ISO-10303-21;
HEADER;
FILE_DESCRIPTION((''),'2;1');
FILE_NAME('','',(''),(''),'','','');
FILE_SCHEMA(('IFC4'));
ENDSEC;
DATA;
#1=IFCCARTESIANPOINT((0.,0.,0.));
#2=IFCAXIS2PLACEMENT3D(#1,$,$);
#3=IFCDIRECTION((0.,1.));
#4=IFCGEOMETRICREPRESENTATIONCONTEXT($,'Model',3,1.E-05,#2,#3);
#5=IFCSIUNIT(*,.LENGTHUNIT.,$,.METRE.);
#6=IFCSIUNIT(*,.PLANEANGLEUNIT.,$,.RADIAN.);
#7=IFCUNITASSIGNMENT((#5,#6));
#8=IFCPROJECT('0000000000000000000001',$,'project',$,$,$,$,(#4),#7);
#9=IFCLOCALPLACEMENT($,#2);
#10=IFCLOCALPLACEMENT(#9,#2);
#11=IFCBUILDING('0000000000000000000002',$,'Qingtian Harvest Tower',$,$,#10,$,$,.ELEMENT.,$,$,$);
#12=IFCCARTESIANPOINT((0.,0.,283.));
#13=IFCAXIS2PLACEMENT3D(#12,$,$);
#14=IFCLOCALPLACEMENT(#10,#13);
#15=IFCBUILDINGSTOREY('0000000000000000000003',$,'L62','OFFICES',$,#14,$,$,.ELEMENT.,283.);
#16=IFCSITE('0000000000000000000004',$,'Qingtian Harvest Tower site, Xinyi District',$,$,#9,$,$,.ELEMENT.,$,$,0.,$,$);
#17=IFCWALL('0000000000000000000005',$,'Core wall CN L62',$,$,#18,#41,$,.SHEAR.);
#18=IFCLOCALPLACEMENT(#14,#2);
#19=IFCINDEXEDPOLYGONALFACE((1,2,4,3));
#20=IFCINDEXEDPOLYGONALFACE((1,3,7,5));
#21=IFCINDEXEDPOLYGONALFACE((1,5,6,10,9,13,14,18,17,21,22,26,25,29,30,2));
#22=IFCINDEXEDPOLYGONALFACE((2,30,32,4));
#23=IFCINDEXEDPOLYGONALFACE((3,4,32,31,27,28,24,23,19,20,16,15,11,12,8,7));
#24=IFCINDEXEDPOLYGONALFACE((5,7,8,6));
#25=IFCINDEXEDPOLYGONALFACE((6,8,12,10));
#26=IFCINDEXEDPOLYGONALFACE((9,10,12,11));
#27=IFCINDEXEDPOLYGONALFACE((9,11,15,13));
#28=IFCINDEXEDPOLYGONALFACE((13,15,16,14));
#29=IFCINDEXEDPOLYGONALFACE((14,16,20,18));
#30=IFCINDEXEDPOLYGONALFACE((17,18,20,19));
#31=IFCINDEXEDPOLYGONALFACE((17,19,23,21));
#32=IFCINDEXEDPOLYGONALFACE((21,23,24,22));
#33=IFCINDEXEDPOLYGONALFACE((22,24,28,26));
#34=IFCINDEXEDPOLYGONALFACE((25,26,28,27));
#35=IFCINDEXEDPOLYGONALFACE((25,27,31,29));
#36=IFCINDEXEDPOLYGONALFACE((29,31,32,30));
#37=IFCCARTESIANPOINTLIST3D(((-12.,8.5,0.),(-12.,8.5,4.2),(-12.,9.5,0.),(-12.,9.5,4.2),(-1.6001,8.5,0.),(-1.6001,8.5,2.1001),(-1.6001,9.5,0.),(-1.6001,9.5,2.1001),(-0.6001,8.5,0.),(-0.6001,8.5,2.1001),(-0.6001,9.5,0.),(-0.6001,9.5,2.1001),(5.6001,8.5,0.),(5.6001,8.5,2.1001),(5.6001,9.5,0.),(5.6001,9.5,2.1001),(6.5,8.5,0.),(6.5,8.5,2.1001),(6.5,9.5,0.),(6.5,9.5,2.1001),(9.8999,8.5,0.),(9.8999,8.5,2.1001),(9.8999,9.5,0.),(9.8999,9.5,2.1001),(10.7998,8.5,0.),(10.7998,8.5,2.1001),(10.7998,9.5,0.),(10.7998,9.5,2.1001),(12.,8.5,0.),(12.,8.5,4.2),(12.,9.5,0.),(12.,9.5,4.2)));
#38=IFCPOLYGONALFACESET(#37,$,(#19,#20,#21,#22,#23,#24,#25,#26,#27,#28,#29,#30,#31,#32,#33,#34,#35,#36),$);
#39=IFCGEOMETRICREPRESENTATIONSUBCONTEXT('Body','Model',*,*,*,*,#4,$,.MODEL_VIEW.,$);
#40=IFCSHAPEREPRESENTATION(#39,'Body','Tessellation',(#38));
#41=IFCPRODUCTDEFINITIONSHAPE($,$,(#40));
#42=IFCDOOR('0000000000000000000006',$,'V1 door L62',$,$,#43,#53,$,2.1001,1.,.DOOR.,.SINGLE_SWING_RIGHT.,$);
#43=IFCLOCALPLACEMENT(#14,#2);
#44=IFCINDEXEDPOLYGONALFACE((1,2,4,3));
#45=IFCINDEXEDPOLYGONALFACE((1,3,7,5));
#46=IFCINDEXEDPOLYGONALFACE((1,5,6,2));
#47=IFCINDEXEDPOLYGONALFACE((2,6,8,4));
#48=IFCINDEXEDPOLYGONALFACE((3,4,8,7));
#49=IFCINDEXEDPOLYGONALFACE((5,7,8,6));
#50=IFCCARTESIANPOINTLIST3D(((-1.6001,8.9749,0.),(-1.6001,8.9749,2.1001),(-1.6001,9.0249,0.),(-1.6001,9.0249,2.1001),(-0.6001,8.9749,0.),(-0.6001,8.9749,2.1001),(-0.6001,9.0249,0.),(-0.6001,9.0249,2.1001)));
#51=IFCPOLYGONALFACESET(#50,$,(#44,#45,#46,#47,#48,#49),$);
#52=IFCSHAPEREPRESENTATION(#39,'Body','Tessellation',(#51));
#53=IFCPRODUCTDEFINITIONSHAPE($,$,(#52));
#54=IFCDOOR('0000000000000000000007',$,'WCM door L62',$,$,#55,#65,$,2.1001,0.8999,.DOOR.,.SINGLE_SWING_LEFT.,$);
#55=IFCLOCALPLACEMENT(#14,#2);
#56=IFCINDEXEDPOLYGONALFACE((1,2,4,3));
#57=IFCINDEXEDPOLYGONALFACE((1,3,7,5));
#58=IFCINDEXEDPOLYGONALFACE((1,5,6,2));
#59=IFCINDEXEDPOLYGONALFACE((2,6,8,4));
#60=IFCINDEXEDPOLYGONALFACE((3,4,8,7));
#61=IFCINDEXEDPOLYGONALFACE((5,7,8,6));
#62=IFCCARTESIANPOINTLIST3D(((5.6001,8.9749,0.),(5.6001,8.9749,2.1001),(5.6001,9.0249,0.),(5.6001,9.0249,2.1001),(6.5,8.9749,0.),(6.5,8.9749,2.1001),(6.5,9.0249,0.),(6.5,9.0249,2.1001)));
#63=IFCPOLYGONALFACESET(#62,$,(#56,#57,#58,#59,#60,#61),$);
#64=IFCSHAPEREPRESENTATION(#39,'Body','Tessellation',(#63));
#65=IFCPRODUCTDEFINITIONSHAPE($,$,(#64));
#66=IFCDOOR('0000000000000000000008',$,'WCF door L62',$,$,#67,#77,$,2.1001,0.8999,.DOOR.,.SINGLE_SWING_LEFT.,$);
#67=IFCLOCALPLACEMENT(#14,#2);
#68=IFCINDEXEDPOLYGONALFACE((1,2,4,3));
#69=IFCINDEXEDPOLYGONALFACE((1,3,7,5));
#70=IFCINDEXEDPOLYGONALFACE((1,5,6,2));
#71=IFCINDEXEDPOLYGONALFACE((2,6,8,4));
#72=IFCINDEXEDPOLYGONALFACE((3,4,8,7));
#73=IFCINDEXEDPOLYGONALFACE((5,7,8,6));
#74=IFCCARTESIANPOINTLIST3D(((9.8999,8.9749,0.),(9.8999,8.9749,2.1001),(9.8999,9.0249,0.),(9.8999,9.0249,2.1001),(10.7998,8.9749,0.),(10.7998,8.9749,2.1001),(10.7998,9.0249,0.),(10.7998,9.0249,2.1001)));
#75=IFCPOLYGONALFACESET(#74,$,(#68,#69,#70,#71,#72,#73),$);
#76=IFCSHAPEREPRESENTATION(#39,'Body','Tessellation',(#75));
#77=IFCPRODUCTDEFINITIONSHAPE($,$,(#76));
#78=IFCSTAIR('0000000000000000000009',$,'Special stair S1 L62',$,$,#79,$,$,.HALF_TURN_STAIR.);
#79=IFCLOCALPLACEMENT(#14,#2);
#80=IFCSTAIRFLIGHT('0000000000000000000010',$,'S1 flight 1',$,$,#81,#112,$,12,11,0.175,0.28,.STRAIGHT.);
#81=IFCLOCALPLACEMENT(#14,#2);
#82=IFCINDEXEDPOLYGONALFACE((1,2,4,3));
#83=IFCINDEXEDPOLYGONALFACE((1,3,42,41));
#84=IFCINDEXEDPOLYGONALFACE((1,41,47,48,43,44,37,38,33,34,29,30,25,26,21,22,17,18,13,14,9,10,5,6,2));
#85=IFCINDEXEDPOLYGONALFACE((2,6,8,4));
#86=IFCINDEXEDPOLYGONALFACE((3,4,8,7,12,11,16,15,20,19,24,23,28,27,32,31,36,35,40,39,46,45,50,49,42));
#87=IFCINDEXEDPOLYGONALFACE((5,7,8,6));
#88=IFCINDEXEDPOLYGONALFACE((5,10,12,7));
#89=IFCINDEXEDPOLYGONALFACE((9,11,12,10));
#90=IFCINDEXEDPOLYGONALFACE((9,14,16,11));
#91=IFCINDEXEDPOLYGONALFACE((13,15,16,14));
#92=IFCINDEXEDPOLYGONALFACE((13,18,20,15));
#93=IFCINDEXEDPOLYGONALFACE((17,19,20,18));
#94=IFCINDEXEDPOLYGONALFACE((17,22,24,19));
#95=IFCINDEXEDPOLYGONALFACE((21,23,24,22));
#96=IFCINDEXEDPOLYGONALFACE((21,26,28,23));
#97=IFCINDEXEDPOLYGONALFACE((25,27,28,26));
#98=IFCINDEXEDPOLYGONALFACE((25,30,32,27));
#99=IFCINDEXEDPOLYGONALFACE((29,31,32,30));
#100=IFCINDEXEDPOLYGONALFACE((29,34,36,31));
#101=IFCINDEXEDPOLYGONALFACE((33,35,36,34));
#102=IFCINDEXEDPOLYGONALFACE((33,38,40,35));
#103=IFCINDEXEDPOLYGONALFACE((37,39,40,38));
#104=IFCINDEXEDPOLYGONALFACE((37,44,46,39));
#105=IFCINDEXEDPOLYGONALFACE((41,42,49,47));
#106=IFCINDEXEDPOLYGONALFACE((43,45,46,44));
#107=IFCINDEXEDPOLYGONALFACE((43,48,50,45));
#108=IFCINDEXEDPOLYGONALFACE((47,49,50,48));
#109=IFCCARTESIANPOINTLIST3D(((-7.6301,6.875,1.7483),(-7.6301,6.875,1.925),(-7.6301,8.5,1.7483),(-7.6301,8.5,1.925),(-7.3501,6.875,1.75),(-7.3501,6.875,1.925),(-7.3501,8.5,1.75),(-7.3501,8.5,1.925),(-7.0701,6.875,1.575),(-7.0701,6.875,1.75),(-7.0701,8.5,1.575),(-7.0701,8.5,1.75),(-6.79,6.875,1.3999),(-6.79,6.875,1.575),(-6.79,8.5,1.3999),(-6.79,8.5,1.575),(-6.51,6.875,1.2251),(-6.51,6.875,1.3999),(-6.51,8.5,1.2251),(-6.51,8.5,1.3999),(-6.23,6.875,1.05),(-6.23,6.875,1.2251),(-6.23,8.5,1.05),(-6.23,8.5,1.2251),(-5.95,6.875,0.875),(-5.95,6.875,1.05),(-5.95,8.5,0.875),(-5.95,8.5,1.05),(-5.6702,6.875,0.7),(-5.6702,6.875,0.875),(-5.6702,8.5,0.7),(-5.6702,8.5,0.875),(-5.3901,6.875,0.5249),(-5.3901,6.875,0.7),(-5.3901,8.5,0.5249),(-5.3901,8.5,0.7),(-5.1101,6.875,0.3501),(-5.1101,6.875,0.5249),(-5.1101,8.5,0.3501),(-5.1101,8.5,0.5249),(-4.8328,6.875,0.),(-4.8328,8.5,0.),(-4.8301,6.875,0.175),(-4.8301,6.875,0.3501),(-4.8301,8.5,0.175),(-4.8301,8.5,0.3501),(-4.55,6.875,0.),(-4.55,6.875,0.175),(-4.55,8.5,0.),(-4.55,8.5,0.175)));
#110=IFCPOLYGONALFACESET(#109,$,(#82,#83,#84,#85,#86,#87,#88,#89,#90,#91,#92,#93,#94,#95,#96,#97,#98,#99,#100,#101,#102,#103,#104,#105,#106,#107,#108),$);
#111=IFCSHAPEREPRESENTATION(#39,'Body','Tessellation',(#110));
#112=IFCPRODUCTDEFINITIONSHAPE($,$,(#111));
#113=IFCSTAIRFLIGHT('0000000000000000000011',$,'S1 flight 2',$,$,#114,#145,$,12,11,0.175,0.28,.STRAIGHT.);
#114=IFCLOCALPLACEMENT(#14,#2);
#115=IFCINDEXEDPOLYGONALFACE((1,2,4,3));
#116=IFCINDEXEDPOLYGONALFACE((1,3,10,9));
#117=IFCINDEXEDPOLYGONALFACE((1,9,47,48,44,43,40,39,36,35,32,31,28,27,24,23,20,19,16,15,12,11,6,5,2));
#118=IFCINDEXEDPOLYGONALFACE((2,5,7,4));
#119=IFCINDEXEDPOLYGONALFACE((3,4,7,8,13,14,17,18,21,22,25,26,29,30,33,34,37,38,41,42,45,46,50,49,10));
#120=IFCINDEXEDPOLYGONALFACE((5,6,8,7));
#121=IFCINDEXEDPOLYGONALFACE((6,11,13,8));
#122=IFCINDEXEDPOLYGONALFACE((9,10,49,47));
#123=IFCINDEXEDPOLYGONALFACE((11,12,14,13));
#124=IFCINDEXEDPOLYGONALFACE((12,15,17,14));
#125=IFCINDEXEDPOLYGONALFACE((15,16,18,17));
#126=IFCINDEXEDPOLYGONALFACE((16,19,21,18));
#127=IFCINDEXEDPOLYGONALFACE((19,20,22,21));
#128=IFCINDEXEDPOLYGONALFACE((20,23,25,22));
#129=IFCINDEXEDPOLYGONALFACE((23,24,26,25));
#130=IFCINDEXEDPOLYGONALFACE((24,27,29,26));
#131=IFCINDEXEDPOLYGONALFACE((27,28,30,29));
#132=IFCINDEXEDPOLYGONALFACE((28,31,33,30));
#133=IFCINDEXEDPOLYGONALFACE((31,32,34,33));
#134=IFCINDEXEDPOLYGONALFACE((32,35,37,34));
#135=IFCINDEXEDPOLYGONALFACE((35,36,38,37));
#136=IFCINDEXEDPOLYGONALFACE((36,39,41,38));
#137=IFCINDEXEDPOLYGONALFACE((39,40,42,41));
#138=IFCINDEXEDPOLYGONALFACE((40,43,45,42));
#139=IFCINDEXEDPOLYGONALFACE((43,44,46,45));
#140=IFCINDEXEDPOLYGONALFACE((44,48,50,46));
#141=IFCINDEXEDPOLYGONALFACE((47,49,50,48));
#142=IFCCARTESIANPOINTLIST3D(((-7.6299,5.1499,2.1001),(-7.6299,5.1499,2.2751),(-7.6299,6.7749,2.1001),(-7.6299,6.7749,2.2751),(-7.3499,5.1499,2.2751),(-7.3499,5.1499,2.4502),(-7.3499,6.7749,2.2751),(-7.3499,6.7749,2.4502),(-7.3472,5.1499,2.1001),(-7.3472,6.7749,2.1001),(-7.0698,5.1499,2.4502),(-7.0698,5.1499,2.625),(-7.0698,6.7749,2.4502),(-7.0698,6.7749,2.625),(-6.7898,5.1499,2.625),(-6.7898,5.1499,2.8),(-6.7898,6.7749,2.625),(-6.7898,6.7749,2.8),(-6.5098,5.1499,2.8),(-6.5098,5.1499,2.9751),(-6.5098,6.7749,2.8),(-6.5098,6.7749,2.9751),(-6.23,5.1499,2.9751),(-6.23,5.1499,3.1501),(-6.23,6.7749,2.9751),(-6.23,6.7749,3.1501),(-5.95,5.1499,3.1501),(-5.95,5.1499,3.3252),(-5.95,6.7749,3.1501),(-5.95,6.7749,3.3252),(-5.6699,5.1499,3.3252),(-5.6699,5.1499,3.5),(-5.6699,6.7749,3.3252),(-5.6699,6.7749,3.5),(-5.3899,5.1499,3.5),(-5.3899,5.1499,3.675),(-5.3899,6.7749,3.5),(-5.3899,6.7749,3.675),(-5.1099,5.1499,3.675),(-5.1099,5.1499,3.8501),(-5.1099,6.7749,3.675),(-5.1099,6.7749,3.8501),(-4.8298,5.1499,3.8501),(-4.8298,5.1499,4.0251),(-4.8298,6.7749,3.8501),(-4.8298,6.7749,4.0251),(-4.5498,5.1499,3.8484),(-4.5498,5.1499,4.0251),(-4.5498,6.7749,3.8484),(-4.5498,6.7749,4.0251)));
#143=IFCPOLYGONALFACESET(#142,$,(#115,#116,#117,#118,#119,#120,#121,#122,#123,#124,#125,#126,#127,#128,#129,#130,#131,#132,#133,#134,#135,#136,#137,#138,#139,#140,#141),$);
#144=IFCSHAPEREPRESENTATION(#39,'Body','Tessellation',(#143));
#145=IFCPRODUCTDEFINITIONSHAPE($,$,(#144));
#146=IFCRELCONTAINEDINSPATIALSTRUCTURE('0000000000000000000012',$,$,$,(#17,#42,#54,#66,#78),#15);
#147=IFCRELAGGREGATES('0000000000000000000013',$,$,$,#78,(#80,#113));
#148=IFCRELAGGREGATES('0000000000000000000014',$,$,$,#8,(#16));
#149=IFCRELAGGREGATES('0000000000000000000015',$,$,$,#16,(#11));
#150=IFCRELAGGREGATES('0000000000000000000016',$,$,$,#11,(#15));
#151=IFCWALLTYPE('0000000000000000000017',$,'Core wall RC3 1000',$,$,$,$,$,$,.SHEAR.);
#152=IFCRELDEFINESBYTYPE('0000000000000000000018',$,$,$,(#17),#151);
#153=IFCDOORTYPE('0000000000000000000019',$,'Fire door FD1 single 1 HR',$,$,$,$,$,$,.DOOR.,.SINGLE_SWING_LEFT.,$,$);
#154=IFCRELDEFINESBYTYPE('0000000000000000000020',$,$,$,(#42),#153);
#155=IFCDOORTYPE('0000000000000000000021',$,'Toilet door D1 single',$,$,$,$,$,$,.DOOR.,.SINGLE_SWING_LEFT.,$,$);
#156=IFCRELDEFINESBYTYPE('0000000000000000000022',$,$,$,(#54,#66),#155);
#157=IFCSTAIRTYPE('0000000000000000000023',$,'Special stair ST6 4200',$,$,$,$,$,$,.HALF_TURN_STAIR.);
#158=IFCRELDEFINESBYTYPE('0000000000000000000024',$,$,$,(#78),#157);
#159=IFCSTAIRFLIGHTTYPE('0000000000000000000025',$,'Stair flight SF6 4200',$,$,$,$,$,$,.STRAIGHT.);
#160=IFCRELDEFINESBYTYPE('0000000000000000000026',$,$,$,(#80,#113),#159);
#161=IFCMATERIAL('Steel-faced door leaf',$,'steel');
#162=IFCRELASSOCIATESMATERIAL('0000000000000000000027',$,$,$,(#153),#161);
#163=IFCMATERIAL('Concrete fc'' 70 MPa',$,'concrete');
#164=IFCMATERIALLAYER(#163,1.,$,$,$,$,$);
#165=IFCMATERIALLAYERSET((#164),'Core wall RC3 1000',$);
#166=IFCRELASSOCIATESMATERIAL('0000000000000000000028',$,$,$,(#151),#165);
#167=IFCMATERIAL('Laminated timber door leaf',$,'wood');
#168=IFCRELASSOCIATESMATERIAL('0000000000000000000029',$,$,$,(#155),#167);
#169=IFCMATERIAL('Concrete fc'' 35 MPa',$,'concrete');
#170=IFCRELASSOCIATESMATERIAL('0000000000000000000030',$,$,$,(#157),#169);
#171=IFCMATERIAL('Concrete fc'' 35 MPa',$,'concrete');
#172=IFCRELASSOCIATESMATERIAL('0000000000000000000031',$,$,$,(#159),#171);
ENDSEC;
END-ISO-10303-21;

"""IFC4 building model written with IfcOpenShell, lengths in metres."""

from ifc_helpers import new_model, si_unit, direction, frame, frame_2d, origin, place, context, subcontext, project, spatial, polyline, rectangle, outline, extrude, material, layer, layer_set, type_object, element, fill, aggregate, save


model = new_model("IFC4")

# Units and contexts
model_context = context("Model", 3, precision=1e-05, world=origin(), true_north=direction((0.0, 1.0)))
body_context = subcontext(model_context, "Body", "Model", "MODEL_VIEW")
ifc_project = project(units=[si_unit("LENGTHUNIT", "METRE"), si_unit("PLANEANGLEUNIT", "RADIAN")], contexts=[model_context])

# Site, building, storey
site_placement = place(None, origin())
site = spatial("IfcSite", under=ifc_project, at=site_placement, Name="Qingtian Harvest Tower site, Xinyi District", CompositionType="ELEMENT", RefElevation=0.0)
building_placement = place(site_placement, origin())
building = spatial("IfcBuilding", under=site, at=building_placement, Name="Qingtian Harvest Tower", CompositionType="ELEMENT")
storey_placement = place(building_placement, frame((0.0, 0.0, 283.0)))
storey = spatial("IfcBuildingStorey", under=building, at=storey_placement, Name="L62", Description="OFFICES", CompositionType="ELEMENT", Elevation=283.0)

# Shared definitions
ifc_material_1 = material(Name="Steel-faced door leaf", Category="steel")
door_type_1 = type_object("IfcDoorType", Name="Fire door FD1 single 1 HR", OperationType="SINGLE_SWING_LEFT", PredefinedType="DOOR", material=ifc_material_1)

# Wall, openings, doors
ifc_material_2 = material(Name="Concrete fc' 70 MPa", Category="concrete")
ifc_layer_1 = layer(ifc_material_2, 1.0)
ifc_layer_set_1 = layer_set([ifc_layer_1], Name="Core wall RC3 1000")
wall_type_1 = type_object("IfcWallType", Name="Core wall RC3 1000", PredefinedType="SHEAR", material=ifc_layer_set_1)
wall_1_placement = place(storey_placement, frame((-12.0, 9.0, 0.0), z_axis=(0.0, 0.0, 1.0), x_axis=(1.0, 0.0, 0.0)))
wall_1 = element("IfcWall", 1, at=wall_1_placement, inside=storey, type_object=wall_type_1, Name="Core wall CN L62", PredefinedType="SHEAR", context=body_context, shape_type="SweptSolid", body=[
    extrude(rectangle(XDim=24.0, YDim=1.0, at=frame_2d((12.0, 0.0))), origin(), (0.0, 0.0, 1.0), 4.2),
])
opening_1_placement = place(wall_1_placement, frame((10.3999, 0.0, 0.0)))
opening_1 = element("IfcOpeningElement", 2, at=opening_1_placement, cuts=wall_1, PredefinedType="OPENING", context=body_context, shape_type="SweptSolid", body=[
    extrude(rectangle(XDim=1.0, YDim=2.1001, at=frame_2d((0.5, 1.05))), frame((0.0, 0.51, 0.0), z_axis=(0.0, -1.0, 0.0), x_axis=(1.0, 0.0, 0.0)), (0.0, 0.0, 1.0), 1.02),
])
opening_2_placement = place(wall_1_placement, frame((17.6001, 0.0, 0.0)))
opening_2 = element("IfcOpeningElement", 3, at=opening_2_placement, cuts=wall_1, PredefinedType="OPENING", context=body_context, shape_type="SweptSolid", body=[
    extrude(rectangle(XDim=0.8999, YDim=2.1001, at=frame_2d((0.45, 1.05))), frame((0.0, 0.51, 0.0), z_axis=(0.0, -1.0, 0.0), x_axis=(1.0, 0.0, 0.0)), (0.0, 0.0, 1.0), 1.02),
])
opening_3_placement = place(wall_1_placement, frame((21.8999, 0.0, 0.0)))
opening_3 = element("IfcOpeningElement", 4, at=opening_3_placement, cuts=wall_1, PredefinedType="OPENING", context=body_context, shape_type="SweptSolid", body=[
    extrude(rectangle(XDim=0.8999, YDim=2.1001, at=frame_2d((0.45, 1.05))), frame((0.0, 0.51, 0.0), z_axis=(0.0, -1.0, 0.0), x_axis=(1.0, 0.0, 0.0)), (0.0, 0.0, 1.0), 1.02),
])
door_1_placement = place(opening_1_placement, origin())
door_1 = element("IfcDoor", 5, at=door_1_placement, inside=storey, type_object=door_type_1, Name="V1 door L62", OperationType="SINGLE_SWING_RIGHT", OverallHeight=2.1001, OverallWidth=1.0, PredefinedType="DOOR", context=body_context, shape_type="SweptSolid", body=[
    extrude(rectangle(XDim=1.0, YDim=2.1001, at=frame_2d((0.5, 1.05))), frame((0.0, 0.0249, 0.0), z_axis=(0.0, -1.0, 0.0), x_axis=(1.0, 0.0, 0.0)), (0.0, 0.0, 1.0), 0.05),
])
fill(opening_1, door_1)
ifc_material_3 = material(Name="Laminated timber door leaf", Category="wood")
door_type_2 = type_object("IfcDoorType", Name="Toilet door D1 single", OperationType="SINGLE_SWING_LEFT", PredefinedType="DOOR", material=ifc_material_3)
door_2_placement = place(opening_2_placement, origin())
door_2 = element("IfcDoor", 6, at=door_2_placement, inside=storey, type_object=door_type_2, Name="WCM door L62", OperationType="SINGLE_SWING_LEFT", OverallHeight=2.1001, OverallWidth=0.8999, PredefinedType="DOOR", context=body_context, shape_type="SweptSolid", body=[
    extrude(rectangle(XDim=0.8999, YDim=2.1001, at=frame_2d((0.45, 1.05))), frame((0.0, 0.0249, 0.0), z_axis=(0.0, -1.0, 0.0), x_axis=(1.0, 0.0, 0.0)), (0.0, 0.0, 1.0), 0.05),
])
fill(opening_2, door_2)
door_3_placement = place(opening_3_placement, origin())
door_3 = element("IfcDoor", 7, at=door_3_placement, inside=storey, type_object=door_type_2, Name="WCF door L62", OperationType="SINGLE_SWING_LEFT", OverallHeight=2.1001, OverallWidth=0.8999, PredefinedType="DOOR", context=body_context, shape_type="SweptSolid", body=[
    extrude(rectangle(XDim=0.8999, YDim=2.1001, at=frame_2d((0.45, 1.05))), frame((0.0, 0.0249, 0.0), z_axis=(0.0, -1.0, 0.0), x_axis=(1.0, 0.0, 0.0)), (0.0, 0.0, 1.0), 0.05),
])
fill(opening_3, door_3)

# Stair, stair flights
ifc_material_4 = material(Name="Concrete fc' 35 MPa", Category="concrete")
stair_type = type_object("IfcStairType", Name="Special stair ST6 4200", PredefinedType="HALF_TURN_STAIR", material=ifc_material_4)
stair_placement = place(storey_placement, origin())
stair = element("IfcStair", 8, at=stair_placement, inside=storey, type_object=stair_type, Name="Special stair S1 L62", PredefinedType="HALF_TURN_STAIR")
ifc_material_5 = material(Name="Concrete fc' 35 MPa", Category="concrete")
stair_flight_type = type_object("IfcStairFlightType", Name="Stair flight SF6 4200", PredefinedType="STRAIGHT", material=ifc_material_5)
stair_flight_1_placement = place(storey_placement, frame((-4.55, 7.6875, 0.0), z_axis=(0.0, 0.0, 1.0), x_axis=(-1.0, 0.0, 0.0)))
stair_flight_1 = element("IfcStairFlight", 9, at=stair_flight_1_placement, type_object=stair_flight_type, Name="S1 flight 1", NumberOfRisers=12, NumberOfTreads=11, PredefinedType="STRAIGHT", RiserHeight=0.175, TreadLength=0.28, context=body_context, shape_type="SweptSolid", body=[
    extrude(outline(polyline([(0.0, 0.0), (0.0, 0.175), (0.28, 0.175), (0.28, 0.3501), (0.5601, 0.3501), (0.5601, 0.5249), (0.8401, 0.5249), (0.8401, 0.7), (1.1201, 0.7), (1.1201, 0.875), (1.3999, 0.875), (1.3999, 1.05), (1.6799, 1.05), (1.6799, 1.2251), (1.96, 1.2251), (1.96, 1.3999), (2.24, 1.3999), (2.24, 1.575), (2.52, 1.575), (2.52, 1.75), (2.8, 1.75), (2.8, 1.925), (3.0801, 1.925), (3.0801, 2.1001), (3.0801, 1.7483), (0.2827, 0.0), (0.0, 0.0)])), frame((0.0, 0.8125, 0.0), z_axis=(0.0, -1.0, 0.0), x_axis=(1.0, 0.0, 0.0)), (0.0, 0.0, 1.0), 1.625),
])
stair_flight_2_placement = place(storey_placement, frame((-7.6299, 5.9624, 2.1001), z_axis=(0.0, 0.0, 1.0), x_axis=(1.0, 0.0, 0.0)))
stair_flight_2 = element("IfcStairFlight", 10, at=stair_flight_2_placement, type_object=stair_flight_type, Name="S1 flight 2", NumberOfRisers=12, NumberOfTreads=11, PredefinedType="STRAIGHT", RiserHeight=0.175, TreadLength=0.28, context=body_context, shape_type="SweptSolid", body=[
    extrude(outline(polyline([(0.0, 0.0), (0.0, 0.175), (0.28, 0.175), (0.28, 0.3501), (0.5601, 0.3501), (0.5601, 0.5249), (0.8401, 0.5249), (0.8401, 0.7), (1.1201, 0.7), (1.1201, 0.875), (1.3999, 0.875), (1.3999, 1.05), (1.6799, 1.05), (1.6799, 1.2251), (1.96, 1.2251), (1.96, 1.3999), (2.24, 1.3999), (2.24, 1.575), (2.52, 1.575), (2.52, 1.75), (2.8, 1.75), (2.8, 1.925), (3.0801, 1.925), (3.0801, 2.1001), (3.0801, 1.7483), (0.2827, 0.0), (0.0, 0.0)])), frame((0.0, 0.8125, 0.0), z_axis=(0.0, -1.0, 0.0), x_axis=(1.0, 0.0, 0.0)), (0.0, 0.0, 1.0), 1.625),
])
aggregate(stair, [stair_flight_1, stair_flight_2])

save(model, "model.ifc")
